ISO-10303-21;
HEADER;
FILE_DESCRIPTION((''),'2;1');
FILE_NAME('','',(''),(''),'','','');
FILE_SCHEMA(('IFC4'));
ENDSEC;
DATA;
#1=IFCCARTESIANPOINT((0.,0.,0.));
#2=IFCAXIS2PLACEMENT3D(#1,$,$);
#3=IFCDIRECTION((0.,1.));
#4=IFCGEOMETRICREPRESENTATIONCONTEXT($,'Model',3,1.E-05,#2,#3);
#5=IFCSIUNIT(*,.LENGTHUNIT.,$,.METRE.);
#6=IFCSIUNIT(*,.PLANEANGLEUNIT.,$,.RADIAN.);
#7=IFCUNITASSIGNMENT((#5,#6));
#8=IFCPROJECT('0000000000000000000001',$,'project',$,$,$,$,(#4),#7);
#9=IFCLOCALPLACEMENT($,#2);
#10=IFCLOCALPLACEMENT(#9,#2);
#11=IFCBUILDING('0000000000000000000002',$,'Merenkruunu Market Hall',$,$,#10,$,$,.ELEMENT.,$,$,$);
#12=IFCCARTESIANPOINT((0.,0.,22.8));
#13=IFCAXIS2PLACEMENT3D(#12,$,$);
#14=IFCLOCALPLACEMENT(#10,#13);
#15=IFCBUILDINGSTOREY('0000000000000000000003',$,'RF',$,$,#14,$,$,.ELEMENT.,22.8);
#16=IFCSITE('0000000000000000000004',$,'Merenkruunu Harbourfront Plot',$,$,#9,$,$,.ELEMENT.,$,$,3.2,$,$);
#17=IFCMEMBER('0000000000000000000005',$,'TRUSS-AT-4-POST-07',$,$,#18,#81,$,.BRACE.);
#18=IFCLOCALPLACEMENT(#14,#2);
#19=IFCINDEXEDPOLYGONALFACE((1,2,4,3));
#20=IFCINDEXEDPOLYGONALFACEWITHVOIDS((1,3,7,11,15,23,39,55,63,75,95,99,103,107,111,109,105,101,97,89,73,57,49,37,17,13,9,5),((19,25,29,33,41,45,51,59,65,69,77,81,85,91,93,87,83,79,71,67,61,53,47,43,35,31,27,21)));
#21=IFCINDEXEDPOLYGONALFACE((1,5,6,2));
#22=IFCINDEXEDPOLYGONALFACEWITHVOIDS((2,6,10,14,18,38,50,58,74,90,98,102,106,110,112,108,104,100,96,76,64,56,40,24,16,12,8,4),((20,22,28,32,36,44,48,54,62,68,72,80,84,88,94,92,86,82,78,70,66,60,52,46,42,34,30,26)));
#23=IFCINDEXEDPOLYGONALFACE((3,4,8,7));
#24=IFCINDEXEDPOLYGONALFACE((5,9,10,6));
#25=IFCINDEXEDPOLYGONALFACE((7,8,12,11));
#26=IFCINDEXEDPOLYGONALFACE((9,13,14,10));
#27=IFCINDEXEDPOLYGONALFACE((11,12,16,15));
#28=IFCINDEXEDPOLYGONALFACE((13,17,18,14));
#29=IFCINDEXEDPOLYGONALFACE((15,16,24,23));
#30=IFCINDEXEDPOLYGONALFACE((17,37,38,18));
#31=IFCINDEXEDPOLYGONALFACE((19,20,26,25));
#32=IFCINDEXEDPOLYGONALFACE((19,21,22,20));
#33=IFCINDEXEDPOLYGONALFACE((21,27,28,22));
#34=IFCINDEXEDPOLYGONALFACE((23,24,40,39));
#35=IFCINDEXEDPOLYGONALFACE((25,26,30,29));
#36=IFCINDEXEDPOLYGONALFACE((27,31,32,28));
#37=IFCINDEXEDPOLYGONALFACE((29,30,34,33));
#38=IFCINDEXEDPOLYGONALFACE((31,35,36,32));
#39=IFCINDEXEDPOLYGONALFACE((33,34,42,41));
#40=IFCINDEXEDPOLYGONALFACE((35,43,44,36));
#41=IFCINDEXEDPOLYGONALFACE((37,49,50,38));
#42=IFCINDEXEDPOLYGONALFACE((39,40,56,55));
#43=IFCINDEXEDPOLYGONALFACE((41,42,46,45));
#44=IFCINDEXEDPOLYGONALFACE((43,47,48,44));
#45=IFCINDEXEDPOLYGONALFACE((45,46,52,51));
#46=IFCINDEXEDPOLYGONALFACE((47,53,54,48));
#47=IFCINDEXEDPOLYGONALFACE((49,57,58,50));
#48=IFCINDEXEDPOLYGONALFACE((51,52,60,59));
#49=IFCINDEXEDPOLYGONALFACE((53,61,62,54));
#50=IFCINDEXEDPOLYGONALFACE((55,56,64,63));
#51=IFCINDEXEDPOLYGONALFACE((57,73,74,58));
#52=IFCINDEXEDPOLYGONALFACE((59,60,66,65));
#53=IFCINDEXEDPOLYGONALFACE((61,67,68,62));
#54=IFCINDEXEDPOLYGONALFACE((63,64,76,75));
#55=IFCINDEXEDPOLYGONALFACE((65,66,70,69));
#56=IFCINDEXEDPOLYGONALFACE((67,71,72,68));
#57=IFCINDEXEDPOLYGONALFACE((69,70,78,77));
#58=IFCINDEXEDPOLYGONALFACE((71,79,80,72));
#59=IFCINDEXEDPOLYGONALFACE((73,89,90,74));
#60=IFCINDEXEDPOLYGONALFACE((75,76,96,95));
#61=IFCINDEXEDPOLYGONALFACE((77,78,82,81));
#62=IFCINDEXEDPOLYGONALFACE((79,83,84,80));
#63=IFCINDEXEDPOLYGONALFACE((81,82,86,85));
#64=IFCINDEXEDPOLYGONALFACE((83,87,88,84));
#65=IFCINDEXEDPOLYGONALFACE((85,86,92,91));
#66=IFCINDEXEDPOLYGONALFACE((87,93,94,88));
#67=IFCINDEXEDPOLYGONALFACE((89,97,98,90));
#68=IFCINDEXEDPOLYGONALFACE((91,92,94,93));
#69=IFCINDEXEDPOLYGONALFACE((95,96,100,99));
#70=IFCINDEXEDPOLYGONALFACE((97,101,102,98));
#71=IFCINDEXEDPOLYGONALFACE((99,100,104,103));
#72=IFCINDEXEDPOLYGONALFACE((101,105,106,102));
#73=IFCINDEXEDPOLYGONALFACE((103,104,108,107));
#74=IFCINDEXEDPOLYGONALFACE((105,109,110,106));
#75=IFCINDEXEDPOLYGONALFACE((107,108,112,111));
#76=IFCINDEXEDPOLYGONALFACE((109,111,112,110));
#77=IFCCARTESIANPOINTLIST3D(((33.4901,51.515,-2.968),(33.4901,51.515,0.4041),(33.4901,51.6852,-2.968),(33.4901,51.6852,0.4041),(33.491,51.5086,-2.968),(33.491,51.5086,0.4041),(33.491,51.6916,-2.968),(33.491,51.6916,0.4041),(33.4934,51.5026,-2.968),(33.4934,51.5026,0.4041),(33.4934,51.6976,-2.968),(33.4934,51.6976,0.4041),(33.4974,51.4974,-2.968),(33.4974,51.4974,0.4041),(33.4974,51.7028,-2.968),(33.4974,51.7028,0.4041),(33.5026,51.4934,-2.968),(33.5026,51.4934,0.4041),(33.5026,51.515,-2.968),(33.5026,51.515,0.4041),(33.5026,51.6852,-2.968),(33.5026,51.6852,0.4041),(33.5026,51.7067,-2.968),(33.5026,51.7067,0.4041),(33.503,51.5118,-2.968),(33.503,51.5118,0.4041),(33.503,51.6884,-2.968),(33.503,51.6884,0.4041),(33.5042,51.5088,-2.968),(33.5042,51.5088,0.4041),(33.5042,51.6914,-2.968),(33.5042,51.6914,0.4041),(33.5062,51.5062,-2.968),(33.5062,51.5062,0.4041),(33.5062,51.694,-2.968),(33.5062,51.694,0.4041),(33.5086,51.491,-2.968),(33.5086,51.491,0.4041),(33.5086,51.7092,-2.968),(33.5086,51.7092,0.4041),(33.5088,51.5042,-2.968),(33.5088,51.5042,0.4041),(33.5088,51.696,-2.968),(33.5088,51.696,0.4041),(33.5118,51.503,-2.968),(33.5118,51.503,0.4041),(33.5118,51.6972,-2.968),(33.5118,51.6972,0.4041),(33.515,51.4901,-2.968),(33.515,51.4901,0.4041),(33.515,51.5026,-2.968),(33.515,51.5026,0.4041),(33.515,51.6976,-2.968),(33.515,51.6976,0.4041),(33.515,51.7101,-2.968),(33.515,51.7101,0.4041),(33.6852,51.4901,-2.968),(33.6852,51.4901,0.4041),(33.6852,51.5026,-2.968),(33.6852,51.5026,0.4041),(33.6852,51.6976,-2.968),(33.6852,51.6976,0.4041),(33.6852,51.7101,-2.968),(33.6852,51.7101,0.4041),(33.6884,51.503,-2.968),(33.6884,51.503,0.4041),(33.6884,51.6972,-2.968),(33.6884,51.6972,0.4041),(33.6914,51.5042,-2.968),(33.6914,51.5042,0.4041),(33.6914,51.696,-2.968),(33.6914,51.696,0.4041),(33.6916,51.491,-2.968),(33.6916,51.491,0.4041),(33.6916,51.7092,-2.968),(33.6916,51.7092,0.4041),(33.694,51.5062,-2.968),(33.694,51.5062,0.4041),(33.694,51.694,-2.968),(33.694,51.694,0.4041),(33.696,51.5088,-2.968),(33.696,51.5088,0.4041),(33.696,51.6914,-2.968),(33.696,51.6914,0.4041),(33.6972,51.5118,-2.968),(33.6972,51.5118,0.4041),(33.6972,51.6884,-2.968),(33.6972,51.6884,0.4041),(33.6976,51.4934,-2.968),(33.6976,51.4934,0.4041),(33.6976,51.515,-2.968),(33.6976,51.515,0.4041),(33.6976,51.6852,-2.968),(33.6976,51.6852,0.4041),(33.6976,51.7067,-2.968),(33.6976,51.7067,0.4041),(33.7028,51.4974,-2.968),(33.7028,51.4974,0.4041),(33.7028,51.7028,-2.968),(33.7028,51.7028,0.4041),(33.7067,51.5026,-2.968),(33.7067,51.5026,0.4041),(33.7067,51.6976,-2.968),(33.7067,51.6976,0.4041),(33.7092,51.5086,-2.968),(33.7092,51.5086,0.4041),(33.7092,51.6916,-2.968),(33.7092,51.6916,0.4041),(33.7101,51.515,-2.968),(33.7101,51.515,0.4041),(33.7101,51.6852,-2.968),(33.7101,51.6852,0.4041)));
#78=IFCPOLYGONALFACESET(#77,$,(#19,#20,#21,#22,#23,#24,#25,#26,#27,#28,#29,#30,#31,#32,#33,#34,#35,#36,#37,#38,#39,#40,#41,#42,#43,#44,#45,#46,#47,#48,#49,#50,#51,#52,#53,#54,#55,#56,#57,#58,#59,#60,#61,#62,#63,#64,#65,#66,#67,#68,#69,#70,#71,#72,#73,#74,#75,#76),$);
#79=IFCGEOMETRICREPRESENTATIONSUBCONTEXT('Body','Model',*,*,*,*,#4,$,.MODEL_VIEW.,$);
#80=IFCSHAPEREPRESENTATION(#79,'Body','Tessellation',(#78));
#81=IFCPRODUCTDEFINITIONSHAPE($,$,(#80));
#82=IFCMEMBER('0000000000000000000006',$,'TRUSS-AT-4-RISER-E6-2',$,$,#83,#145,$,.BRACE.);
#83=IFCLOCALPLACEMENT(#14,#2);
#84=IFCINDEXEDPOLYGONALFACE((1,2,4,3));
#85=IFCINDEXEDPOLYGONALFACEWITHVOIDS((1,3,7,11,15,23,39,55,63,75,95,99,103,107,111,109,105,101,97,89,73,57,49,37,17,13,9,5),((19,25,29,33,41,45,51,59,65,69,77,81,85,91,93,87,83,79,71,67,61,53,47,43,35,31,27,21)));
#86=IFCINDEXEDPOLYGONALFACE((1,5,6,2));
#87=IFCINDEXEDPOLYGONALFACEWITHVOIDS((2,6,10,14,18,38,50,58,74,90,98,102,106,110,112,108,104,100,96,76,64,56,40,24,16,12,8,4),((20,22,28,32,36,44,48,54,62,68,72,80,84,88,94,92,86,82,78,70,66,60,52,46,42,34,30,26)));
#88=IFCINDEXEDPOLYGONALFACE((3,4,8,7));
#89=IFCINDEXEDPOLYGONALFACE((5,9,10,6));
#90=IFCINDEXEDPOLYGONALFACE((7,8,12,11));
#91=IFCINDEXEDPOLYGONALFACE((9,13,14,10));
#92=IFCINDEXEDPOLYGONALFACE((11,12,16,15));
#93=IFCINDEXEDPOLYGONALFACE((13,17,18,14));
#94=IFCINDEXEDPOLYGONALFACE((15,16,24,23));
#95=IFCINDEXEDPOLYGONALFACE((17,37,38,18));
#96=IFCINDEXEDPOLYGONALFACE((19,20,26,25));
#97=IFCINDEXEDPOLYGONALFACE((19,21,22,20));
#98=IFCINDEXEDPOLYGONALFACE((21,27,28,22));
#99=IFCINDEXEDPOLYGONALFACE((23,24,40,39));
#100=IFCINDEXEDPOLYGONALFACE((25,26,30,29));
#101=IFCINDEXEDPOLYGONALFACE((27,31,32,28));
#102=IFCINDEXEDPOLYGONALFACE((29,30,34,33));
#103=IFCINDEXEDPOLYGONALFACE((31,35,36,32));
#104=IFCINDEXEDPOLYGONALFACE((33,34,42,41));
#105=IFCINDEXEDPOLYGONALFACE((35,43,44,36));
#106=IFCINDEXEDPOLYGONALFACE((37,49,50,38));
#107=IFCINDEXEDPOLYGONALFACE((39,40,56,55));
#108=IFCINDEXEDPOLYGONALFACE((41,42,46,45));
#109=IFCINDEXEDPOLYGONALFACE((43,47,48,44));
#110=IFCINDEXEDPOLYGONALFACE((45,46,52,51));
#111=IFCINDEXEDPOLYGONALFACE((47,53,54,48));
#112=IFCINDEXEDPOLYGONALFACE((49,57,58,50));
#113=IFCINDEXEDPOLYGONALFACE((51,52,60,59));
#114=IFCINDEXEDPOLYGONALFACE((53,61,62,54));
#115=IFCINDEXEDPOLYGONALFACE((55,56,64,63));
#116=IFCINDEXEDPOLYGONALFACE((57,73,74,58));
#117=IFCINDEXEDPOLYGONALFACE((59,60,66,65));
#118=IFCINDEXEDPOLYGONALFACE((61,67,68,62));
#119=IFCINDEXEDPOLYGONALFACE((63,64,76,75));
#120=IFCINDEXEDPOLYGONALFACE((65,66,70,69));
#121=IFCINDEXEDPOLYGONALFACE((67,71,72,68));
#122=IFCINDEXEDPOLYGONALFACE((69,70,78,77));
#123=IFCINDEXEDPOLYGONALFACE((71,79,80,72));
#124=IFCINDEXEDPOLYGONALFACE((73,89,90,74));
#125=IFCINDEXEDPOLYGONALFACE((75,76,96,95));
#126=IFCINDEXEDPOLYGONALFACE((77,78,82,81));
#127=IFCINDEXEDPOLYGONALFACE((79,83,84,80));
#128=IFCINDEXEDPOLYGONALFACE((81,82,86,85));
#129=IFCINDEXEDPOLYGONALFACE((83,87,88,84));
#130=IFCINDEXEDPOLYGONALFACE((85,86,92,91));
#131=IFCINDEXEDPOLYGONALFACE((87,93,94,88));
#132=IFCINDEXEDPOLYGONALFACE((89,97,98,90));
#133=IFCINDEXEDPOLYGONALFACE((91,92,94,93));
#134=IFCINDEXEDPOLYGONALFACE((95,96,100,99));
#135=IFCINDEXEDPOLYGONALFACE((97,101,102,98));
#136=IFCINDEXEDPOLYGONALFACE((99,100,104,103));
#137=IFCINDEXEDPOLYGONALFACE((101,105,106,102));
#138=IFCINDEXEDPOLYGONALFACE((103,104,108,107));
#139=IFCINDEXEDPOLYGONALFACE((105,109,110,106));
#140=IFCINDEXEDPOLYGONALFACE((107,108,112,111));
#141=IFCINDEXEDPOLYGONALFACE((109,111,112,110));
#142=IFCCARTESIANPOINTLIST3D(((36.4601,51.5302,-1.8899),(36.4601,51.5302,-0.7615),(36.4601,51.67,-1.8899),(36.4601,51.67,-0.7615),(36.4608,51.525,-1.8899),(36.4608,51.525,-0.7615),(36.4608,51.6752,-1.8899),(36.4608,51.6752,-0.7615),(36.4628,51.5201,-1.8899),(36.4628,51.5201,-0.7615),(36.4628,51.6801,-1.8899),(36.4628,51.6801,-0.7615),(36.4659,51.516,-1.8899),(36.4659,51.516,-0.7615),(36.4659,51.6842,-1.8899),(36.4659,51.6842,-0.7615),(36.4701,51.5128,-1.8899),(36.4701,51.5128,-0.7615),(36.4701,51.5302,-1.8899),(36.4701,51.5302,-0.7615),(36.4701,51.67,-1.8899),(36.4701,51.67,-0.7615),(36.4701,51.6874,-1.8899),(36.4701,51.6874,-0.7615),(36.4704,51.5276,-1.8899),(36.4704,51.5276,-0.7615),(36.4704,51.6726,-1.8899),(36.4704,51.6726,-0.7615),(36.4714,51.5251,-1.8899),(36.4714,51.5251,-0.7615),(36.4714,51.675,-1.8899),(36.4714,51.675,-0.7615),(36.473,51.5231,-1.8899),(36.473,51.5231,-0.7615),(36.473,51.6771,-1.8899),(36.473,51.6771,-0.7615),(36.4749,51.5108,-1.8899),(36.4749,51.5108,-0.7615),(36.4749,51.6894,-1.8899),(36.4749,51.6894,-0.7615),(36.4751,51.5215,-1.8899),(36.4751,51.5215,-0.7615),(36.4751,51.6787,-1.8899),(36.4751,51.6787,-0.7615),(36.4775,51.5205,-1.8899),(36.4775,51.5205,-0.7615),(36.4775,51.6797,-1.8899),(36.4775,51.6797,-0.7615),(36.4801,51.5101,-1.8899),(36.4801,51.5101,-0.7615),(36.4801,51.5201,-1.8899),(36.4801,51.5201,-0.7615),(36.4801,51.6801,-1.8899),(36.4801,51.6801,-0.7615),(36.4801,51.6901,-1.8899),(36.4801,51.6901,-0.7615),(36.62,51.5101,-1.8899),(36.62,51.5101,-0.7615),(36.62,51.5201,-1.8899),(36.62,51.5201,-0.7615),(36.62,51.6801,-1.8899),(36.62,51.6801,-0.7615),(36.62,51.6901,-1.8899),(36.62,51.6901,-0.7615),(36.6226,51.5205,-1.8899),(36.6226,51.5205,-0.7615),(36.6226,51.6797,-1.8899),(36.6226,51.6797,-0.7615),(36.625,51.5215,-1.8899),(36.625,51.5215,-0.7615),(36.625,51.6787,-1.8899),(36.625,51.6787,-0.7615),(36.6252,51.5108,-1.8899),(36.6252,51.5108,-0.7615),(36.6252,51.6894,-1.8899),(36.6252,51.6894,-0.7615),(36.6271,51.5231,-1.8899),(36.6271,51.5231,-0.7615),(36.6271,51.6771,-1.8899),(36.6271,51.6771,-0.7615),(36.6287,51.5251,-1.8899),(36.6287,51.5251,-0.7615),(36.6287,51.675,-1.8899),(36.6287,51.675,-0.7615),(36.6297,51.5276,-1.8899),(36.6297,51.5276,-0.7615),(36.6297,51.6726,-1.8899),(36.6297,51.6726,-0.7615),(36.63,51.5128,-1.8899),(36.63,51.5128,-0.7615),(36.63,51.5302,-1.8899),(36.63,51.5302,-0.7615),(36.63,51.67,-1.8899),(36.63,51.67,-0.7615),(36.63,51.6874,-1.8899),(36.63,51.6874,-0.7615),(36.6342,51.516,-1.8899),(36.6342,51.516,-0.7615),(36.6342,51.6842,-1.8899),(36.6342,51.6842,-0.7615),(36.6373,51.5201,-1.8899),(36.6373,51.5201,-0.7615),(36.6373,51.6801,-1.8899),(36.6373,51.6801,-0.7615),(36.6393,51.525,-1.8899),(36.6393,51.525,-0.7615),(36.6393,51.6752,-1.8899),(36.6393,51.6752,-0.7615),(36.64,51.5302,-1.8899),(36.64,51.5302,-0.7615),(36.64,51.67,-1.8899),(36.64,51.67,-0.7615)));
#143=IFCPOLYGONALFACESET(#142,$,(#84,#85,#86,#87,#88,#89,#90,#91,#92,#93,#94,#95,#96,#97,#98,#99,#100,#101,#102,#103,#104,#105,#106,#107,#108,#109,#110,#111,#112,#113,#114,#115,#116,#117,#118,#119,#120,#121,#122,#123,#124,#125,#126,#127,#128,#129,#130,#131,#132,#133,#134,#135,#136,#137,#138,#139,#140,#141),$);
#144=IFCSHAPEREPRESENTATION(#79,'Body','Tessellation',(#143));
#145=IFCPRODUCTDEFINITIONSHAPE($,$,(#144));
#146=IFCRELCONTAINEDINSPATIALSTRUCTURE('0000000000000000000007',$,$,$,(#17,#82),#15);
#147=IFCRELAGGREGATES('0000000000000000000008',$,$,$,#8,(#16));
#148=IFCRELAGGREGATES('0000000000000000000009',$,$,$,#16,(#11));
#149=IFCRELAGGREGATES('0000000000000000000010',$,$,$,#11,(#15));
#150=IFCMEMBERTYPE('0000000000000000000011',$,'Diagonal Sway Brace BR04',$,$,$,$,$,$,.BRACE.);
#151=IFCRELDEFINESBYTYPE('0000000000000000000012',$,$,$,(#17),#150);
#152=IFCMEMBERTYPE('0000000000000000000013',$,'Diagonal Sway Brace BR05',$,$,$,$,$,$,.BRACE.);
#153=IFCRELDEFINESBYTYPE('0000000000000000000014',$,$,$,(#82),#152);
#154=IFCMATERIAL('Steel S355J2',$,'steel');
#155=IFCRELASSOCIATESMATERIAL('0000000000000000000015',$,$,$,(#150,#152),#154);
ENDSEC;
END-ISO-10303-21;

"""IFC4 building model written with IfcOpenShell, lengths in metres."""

from ifc_helpers import new_model, si_unit, direction, frame, origin, origin_2d, place, context, subcontext, project, spatial, hollow_rectangle, extrude, material, material_profile, profile_set, type_object, element, save


model = new_model("IFC4")

# Units and contexts
model_context = context("Model", 3, precision=1e-05, world=origin(), true_north=direction((0.0, 1.0)))
body_context = subcontext(model_context, "Body", "Model", "MODEL_VIEW")
ifc_project = project(units=[si_unit("LENGTHUNIT", "METRE"), si_unit("PLANEANGLEUNIT", "RADIAN")], contexts=[model_context])

# Site, building, storey
site_placement = place(None, origin())
site = spatial("IfcSite", under=ifc_project, at=site_placement, Name="Merenkruunu Harbourfront Plot", CompositionType="ELEMENT", RefElevation=3.2)
building_placement = place(site_placement, origin())
building = spatial("IfcBuilding", under=site, at=building_placement, Name="Merenkruunu Market Hall", CompositionType="ELEMENT")
storey_placement = place(building_placement, frame((0.0, 0.0, 22.8)))
storey = spatial("IfcBuildingStorey", under=building, at=storey_placement, Name="RF", CompositionType="ELEMENT", Elevation=22.8)

# Members
ifc_material_1 = material(Name="Steel S355J2", Category="steel")
ifc_material_profile_1 = material_profile(ifc_material_1, hollow_rectangle(XDim=0.22, YDim=0.22, WallThickness=0.0125, InnerFilletRadius=0.0125, OuterFilletRadius=0.0249, at=origin_2d()), Name="SHS 220x220x12.5")
ifc_profile_set_1 = profile_set([ifc_material_profile_1], Name="Steel S355J2")
member_type_1 = type_object("IfcMemberType", Name="Diagonal Sway Brace BR04", PredefinedType="BRACE", material=ifc_profile_set_1)
member_1_placement = place(storey_placement, frame((33.6001, 51.6001, -2.968), z_axis=(0.0, 0.0, 1.0), x_axis=(1.0, 0.0, 0.0)))
element("IfcMember", 1, at=member_1_placement, inside=storey, type_object=member_type_1, Name="TRUSS-AT-4-POST-07", PredefinedType="BRACE", context=body_context, shape_type="SweptSolid", body=[
    extrude(hollow_rectangle(XDim=0.22, YDim=0.22, WallThickness=0.0125, InnerFilletRadius=0.0125, OuterFilletRadius=0.0249, at=origin_2d()), origin(), (0.0, 0.0, 1.0), 3.3721),
])
ifc_material_profile_2 = material_profile(ifc_material_1, hollow_rectangle(XDim=0.1799, YDim=0.1799, WallThickness=0.01, InnerFilletRadius=0.01, OuterFilletRadius=0.02, at=origin_2d()), Name="SHS 180x180x10")
ifc_profile_set_2 = profile_set([ifc_material_profile_2], Name="Steel S355J2")
member_type_2 = type_object("IfcMemberType", Name="Diagonal Sway Brace BR05", PredefinedType="BRACE", material=ifc_profile_set_2)
member_2_placement = place(storey_placement, frame((36.55, 51.6001, -1.8899), z_axis=(0.0, 0.0, 1.0), x_axis=(1.0, 0.0, 0.0)))
element("IfcMember", 2, at=member_2_placement, inside=storey, type_object=member_type_2, Name="TRUSS-AT-4-RISER-E6-2", PredefinedType="BRACE", context=body_context, shape_type="SweptSolid", body=[
    extrude(hollow_rectangle(XDim=0.1799, YDim=0.1799, WallThickness=0.01, InnerFilletRadius=0.01, OuterFilletRadius=0.02, at=origin_2d()), origin(), (0.0, 0.0, 1.0), 1.1284),
])

save(model, "model.ifc")
